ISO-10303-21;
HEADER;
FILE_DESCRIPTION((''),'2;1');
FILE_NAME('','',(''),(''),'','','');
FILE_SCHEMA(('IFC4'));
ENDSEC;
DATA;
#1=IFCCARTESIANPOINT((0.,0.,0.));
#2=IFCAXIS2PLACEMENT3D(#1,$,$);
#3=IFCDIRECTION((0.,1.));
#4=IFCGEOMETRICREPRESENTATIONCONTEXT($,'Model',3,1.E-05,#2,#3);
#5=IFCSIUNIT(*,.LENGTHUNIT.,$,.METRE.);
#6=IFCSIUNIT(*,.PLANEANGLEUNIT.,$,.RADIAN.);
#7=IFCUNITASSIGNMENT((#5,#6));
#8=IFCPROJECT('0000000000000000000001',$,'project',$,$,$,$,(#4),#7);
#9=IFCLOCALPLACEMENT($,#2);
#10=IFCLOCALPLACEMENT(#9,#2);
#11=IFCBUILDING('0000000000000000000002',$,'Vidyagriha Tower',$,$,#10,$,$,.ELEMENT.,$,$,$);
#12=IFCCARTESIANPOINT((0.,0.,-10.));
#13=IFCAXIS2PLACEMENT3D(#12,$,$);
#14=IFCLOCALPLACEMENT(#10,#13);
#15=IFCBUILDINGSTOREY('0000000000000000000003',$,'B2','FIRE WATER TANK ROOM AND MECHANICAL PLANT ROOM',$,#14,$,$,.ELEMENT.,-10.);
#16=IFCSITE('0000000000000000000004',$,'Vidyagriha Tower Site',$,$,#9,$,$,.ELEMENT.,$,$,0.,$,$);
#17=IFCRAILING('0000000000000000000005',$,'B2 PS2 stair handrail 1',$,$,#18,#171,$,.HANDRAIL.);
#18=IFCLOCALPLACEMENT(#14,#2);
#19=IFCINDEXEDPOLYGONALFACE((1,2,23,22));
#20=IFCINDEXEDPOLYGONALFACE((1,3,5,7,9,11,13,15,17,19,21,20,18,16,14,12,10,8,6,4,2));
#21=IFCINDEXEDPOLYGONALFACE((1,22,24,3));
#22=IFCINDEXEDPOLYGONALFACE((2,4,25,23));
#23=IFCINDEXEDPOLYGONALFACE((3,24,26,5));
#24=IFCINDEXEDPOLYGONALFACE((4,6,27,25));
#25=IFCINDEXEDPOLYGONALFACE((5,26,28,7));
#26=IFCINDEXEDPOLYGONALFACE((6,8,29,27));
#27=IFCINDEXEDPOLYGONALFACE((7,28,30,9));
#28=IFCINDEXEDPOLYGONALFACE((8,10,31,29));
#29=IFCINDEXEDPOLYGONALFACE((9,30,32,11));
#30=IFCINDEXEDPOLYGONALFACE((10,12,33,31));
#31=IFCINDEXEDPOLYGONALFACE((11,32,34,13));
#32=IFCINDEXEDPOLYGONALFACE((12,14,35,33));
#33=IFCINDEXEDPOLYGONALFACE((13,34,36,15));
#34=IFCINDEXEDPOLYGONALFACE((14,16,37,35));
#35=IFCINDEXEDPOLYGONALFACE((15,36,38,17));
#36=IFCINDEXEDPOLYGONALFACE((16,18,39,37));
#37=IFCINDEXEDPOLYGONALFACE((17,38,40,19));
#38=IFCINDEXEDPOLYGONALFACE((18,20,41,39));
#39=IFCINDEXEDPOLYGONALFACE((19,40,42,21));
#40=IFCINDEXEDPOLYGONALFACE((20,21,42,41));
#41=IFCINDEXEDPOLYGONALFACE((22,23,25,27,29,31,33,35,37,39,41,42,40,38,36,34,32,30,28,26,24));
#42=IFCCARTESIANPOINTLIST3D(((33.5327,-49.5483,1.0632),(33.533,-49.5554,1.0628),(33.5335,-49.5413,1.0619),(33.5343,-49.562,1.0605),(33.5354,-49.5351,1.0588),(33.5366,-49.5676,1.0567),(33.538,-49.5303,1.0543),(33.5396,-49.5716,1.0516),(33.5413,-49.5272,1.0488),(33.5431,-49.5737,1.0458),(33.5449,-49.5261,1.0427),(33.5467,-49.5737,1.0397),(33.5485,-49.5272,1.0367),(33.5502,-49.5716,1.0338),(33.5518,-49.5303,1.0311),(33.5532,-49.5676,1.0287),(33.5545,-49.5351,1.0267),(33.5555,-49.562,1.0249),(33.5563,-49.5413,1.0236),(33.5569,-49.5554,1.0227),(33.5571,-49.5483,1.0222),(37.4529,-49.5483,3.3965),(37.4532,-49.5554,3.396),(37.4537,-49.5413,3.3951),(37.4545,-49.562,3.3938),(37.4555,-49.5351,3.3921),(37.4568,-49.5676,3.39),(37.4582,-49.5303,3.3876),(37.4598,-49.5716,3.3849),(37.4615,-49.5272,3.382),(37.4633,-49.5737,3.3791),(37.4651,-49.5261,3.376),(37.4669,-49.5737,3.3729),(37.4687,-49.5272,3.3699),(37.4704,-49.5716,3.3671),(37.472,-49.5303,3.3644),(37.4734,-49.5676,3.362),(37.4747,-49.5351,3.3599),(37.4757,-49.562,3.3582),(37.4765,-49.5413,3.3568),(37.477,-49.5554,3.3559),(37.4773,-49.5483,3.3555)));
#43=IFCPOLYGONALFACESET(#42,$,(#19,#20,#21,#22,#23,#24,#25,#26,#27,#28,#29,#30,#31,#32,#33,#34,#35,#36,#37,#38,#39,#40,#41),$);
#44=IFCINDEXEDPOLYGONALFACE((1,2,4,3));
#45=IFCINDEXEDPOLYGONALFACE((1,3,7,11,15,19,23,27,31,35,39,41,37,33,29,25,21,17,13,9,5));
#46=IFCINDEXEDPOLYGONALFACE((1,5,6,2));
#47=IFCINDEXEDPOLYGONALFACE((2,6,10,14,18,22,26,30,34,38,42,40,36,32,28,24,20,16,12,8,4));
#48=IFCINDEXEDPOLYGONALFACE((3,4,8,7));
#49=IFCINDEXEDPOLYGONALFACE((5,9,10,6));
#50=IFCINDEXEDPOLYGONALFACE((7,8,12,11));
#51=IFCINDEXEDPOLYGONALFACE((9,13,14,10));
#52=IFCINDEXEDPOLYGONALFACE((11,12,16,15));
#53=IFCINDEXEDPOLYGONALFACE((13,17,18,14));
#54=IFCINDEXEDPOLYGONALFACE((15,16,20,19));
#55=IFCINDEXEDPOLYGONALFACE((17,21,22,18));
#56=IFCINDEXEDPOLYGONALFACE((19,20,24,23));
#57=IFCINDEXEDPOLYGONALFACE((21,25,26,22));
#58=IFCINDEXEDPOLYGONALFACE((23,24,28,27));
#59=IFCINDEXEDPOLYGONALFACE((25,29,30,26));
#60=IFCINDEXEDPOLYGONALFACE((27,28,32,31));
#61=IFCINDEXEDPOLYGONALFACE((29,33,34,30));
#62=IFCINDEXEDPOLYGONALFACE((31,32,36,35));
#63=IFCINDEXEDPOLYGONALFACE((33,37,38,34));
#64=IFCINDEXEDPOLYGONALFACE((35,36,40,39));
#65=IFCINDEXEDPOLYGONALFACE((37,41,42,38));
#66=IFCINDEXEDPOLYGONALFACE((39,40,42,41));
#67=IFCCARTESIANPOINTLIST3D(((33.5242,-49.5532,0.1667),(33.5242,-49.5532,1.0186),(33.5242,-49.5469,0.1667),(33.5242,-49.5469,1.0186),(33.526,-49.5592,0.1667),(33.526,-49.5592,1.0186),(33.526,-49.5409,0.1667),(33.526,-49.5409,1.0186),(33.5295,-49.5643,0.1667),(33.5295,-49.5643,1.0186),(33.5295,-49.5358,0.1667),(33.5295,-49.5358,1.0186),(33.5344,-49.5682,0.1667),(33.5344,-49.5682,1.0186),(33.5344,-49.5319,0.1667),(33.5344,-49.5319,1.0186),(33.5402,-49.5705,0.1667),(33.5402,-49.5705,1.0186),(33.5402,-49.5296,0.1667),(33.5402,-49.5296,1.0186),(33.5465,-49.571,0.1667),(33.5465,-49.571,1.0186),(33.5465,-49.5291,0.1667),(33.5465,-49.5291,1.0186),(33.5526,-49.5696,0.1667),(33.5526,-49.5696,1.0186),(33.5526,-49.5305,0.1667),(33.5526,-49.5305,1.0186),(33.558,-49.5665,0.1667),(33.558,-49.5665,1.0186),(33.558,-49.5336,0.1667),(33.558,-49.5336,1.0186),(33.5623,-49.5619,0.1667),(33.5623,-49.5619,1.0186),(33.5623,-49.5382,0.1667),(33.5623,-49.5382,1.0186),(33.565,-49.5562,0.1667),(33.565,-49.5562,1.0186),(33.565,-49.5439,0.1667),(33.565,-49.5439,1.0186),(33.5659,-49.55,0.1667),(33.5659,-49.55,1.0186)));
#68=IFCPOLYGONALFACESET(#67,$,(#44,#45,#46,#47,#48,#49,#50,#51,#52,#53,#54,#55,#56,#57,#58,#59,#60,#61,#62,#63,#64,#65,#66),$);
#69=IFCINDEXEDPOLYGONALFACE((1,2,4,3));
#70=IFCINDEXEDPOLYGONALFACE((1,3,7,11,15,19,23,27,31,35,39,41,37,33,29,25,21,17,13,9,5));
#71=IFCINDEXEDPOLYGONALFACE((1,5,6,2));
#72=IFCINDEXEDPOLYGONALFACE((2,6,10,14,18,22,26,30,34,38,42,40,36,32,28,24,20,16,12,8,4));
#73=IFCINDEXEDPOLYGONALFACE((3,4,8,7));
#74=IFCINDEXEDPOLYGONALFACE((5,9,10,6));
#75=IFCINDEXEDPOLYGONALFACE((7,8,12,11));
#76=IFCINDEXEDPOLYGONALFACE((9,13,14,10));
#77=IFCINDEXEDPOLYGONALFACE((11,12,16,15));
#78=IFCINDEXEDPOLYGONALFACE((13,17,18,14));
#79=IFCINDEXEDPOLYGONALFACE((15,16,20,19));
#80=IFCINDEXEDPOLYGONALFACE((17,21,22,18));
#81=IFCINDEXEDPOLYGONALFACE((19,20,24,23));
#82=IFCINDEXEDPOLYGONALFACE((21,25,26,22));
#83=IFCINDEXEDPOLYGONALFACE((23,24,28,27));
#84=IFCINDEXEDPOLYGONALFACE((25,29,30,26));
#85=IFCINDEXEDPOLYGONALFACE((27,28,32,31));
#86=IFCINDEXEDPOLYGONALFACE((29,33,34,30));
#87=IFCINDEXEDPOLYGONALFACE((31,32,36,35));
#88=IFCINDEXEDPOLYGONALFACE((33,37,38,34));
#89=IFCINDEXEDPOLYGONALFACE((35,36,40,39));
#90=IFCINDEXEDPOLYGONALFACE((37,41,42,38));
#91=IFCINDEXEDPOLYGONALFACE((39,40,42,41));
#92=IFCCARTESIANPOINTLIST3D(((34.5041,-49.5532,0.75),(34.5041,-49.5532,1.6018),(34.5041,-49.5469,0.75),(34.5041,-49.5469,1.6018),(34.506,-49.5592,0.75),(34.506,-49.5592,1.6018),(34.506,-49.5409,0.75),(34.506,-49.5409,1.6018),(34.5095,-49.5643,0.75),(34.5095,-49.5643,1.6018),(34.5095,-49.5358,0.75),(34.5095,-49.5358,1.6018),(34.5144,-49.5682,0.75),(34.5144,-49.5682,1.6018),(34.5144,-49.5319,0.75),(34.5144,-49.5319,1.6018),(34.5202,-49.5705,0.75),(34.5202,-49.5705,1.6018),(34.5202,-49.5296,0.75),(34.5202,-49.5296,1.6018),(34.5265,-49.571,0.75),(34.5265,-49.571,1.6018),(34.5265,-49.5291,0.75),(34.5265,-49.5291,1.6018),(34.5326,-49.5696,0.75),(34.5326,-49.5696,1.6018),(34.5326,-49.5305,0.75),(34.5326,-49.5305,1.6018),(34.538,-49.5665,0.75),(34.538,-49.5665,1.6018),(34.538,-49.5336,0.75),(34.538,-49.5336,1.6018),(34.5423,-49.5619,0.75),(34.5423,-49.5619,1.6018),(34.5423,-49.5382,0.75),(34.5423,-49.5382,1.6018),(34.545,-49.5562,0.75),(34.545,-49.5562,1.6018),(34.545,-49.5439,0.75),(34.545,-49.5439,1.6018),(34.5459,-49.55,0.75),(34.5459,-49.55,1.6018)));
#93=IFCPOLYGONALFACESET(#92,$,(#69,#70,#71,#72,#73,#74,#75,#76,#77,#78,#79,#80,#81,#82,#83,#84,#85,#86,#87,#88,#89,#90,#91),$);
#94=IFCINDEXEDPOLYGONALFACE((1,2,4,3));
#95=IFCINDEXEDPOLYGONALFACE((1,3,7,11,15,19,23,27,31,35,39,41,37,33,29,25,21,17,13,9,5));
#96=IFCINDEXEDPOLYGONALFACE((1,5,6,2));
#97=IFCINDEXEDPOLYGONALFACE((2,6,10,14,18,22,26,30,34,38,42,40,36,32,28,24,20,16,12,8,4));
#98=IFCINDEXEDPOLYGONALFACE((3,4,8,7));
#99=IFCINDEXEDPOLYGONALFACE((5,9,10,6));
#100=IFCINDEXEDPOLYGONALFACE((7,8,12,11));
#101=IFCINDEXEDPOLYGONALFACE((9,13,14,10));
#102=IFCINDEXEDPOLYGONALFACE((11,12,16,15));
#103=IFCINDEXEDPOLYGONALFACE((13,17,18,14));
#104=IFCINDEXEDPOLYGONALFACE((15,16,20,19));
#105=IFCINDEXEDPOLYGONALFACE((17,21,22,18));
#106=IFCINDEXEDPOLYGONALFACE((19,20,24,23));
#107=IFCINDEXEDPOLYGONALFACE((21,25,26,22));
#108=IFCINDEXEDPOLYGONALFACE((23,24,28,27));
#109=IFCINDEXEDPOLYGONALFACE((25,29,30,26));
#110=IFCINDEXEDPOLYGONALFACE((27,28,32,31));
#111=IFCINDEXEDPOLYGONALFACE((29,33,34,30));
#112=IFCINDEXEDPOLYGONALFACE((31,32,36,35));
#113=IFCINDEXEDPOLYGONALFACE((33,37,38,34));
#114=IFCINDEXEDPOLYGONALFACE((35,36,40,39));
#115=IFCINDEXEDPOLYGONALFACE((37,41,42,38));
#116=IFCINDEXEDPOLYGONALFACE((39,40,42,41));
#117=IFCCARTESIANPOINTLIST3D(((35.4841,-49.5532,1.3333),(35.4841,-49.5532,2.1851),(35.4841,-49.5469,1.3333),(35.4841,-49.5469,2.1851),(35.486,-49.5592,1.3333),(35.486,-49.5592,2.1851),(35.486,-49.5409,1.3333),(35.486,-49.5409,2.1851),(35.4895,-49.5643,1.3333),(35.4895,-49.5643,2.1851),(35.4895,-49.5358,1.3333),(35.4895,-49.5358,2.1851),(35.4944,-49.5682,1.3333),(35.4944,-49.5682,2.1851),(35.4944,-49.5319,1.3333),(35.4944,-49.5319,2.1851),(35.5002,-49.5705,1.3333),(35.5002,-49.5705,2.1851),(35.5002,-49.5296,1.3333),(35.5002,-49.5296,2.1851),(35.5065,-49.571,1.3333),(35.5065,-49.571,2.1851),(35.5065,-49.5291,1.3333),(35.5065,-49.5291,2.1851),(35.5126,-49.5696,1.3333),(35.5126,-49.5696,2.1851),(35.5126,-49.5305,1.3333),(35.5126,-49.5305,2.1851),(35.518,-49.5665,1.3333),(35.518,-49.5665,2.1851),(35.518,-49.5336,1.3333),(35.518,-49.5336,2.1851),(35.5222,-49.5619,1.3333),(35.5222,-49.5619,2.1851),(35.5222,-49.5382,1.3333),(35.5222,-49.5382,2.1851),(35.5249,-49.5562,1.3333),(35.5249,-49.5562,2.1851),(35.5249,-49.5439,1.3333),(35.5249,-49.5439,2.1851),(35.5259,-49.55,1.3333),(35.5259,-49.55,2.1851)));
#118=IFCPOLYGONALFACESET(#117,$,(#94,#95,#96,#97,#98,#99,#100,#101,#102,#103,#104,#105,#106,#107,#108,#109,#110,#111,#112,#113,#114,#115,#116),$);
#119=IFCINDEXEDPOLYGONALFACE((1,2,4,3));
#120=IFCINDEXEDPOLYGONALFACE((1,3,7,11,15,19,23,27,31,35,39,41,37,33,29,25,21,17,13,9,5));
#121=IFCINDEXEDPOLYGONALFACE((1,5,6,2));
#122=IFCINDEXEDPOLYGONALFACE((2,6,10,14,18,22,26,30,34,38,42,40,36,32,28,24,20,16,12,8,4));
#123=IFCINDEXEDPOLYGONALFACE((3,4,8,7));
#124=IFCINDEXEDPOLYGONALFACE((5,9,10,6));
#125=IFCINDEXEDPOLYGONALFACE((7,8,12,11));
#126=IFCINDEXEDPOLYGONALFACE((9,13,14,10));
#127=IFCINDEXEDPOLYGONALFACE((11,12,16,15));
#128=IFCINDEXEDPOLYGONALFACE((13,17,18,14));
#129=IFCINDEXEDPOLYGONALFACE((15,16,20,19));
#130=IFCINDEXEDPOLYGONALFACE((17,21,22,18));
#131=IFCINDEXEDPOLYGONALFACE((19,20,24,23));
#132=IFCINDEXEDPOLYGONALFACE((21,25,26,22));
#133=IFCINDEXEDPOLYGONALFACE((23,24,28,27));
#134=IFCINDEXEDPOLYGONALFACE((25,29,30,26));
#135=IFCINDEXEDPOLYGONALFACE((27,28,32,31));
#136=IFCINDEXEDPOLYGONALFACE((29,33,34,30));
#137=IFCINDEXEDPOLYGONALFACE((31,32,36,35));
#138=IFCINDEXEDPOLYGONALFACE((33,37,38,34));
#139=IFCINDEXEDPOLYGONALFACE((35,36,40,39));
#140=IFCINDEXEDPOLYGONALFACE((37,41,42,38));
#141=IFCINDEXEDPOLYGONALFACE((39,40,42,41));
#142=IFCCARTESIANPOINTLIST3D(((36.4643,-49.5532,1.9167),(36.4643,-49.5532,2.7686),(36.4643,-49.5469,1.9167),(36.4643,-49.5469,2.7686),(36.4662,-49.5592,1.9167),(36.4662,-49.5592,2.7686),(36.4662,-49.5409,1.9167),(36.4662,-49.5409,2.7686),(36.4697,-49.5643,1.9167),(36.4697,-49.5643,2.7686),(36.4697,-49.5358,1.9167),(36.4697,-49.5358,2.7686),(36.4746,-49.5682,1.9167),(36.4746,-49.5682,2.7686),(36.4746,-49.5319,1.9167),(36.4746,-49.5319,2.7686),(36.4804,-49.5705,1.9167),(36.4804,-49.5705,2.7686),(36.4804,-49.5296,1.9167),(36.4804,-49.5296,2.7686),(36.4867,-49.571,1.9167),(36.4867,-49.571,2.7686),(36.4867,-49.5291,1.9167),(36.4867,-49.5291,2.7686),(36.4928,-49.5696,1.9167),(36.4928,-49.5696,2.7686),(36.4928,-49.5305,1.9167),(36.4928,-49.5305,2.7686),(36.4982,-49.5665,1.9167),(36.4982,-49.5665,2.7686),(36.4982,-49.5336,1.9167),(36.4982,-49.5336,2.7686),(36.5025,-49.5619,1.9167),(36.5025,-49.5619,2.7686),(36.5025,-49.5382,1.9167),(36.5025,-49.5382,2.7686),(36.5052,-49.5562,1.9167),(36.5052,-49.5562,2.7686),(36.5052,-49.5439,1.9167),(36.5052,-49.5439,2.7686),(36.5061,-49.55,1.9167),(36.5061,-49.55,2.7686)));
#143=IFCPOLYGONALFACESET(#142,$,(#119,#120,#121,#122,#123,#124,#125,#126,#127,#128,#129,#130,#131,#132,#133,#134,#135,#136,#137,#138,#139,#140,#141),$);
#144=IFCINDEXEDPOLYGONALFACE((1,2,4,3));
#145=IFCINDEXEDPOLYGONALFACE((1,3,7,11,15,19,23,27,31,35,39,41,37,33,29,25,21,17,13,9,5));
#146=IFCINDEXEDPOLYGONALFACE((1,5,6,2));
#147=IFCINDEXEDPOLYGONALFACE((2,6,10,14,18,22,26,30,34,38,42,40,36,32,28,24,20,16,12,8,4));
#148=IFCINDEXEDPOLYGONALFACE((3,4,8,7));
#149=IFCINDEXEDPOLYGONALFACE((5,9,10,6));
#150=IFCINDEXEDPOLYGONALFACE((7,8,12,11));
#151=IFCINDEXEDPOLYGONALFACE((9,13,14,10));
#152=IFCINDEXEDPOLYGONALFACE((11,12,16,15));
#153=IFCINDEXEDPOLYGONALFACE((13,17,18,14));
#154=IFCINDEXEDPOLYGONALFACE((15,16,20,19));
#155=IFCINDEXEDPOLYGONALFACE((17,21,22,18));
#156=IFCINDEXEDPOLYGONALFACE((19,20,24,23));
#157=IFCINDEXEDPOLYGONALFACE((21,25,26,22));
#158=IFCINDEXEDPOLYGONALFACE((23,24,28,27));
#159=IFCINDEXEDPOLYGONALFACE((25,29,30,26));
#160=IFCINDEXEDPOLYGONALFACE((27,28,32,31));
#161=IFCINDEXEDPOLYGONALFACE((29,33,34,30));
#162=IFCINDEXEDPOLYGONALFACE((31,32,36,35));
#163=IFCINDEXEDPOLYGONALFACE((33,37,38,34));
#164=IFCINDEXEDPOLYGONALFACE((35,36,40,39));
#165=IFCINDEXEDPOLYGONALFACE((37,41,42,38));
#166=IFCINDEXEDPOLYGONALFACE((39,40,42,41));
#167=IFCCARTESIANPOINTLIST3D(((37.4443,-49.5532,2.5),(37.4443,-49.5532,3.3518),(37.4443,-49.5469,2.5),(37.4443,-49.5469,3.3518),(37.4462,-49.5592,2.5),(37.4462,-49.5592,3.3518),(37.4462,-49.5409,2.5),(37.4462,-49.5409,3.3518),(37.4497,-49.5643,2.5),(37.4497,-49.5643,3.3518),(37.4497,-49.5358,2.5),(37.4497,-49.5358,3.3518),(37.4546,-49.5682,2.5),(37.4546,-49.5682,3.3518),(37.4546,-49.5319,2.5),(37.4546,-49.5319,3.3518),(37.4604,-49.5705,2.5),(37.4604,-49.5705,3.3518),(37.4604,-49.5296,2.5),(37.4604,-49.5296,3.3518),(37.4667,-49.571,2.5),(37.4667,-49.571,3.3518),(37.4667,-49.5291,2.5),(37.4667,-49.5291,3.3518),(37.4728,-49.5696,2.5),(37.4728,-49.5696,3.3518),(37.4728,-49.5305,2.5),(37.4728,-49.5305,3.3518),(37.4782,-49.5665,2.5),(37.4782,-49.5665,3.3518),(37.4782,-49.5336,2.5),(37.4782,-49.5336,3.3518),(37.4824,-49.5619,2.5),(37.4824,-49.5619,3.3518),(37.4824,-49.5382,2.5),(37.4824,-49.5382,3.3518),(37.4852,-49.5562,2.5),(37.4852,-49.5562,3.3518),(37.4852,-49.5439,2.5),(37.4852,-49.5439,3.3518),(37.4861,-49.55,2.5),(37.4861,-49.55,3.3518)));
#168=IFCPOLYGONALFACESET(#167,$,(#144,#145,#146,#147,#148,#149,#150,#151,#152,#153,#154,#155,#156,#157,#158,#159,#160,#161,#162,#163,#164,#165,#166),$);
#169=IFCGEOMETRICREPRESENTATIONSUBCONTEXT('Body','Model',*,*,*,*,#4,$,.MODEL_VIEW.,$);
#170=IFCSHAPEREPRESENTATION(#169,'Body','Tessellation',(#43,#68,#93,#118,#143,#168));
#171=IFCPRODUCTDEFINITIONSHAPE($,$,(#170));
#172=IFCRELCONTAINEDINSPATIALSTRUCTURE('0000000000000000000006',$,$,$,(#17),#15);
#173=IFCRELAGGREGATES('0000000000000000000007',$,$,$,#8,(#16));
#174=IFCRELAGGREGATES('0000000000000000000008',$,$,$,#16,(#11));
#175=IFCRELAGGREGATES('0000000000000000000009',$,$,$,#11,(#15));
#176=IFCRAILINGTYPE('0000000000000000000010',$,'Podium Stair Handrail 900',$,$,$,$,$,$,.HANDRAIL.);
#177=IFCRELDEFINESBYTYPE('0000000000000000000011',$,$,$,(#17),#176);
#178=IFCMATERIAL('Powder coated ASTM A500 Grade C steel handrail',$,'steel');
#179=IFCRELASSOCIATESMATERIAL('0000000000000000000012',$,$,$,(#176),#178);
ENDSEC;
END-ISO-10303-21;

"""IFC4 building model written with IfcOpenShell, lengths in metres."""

from ifc_helpers import new_model, si_unit, direction, frame, origin, origin_2d, place, context, subcontext, project, spatial, circle, extrude, material, type_object, element, save


model = new_model("IFC4")

# Units and contexts
model_context = context("Model", 3, precision=1e-05, world=origin(), true_north=direction((0.0, 1.0)))
body_context = subcontext(model_context, "Body", "Model", "MODEL_VIEW")
ifc_project = project(units=[si_unit("LENGTHUNIT", "METRE"), si_unit("PLANEANGLEUNIT", "RADIAN")], contexts=[model_context])

# Site, building, storey
site_placement = place(None, origin())
site = spatial("IfcSite", under=ifc_project, at=site_placement, Name="Vidyagriha Tower Site", CompositionType="ELEMENT", RefElevation=0.0)
building_placement = place(site_placement, origin())
building = spatial("IfcBuilding", under=site, at=building_placement, Name="Vidyagriha Tower", CompositionType="ELEMENT")
storey_placement = place(building_placement, frame((0.0, 0.0, -10.0)))
storey = spatial("IfcBuildingStorey", under=building, at=storey_placement, Name="B2", Description="FIRE WATER TANK ROOM AND MECHANICAL PLANT ROOM", CompositionType="ELEMENT", Elevation=-10.0)

# Railing
ifc_material_1 = material(Name="Powder coated ASTM A500 Grade C steel handrail", Category="steel")
railing_type_1 = type_object("IfcRailingType", Name="Podium Stair Handrail 900", PredefinedType="HANDRAIL", material=ifc_material_1)
railing_1_placement = place(storey_placement, frame((33.5449, -49.55, 0.1667)))
element("IfcRailing", 1, at=railing_1_placement, inside=storey, type_object=railing_type_1, Name="B2 PS2 stair handrail 1", PredefinedType="HANDRAIL", context=body_context, shape_type="SweptSolid", body=[
    extrude(circle(Radius=0.0239, at=origin_2d()), frame((0.0, 0.0, 0.876), z_axis=(0.85931, 0.0, 0.511455), x_axis=(0.0, 1.0, 0.0)), (0.0, 0.0, 1.0), 4.562),
    extrude(circle(Radius=0.021, at=origin_2d()), origin(), (0.0, 0.0, 1.0), 0.8518),
    extrude(circle(Radius=0.021, at=origin_2d()), frame((0.98, 0.0, 0.5833)), (0.0, 0.0, 1.0), 0.8518),
    extrude(circle(Radius=0.021, at=origin_2d()), frame((1.96, 0.0, 1.1665)), (0.0, 0.0, 1.0), 0.8518),
    extrude(circle(Radius=0.021, at=origin_2d()), frame((2.9402, 0.0, 1.75)), (0.0, 0.0, 1.0), 0.8518),
    extrude(circle(Radius=0.021, at=origin_2d()), frame((3.9202, 0.0, 2.3333)), (0.0, 0.0, 1.0), 0.8518),
])

save(model, "model.ifc")
